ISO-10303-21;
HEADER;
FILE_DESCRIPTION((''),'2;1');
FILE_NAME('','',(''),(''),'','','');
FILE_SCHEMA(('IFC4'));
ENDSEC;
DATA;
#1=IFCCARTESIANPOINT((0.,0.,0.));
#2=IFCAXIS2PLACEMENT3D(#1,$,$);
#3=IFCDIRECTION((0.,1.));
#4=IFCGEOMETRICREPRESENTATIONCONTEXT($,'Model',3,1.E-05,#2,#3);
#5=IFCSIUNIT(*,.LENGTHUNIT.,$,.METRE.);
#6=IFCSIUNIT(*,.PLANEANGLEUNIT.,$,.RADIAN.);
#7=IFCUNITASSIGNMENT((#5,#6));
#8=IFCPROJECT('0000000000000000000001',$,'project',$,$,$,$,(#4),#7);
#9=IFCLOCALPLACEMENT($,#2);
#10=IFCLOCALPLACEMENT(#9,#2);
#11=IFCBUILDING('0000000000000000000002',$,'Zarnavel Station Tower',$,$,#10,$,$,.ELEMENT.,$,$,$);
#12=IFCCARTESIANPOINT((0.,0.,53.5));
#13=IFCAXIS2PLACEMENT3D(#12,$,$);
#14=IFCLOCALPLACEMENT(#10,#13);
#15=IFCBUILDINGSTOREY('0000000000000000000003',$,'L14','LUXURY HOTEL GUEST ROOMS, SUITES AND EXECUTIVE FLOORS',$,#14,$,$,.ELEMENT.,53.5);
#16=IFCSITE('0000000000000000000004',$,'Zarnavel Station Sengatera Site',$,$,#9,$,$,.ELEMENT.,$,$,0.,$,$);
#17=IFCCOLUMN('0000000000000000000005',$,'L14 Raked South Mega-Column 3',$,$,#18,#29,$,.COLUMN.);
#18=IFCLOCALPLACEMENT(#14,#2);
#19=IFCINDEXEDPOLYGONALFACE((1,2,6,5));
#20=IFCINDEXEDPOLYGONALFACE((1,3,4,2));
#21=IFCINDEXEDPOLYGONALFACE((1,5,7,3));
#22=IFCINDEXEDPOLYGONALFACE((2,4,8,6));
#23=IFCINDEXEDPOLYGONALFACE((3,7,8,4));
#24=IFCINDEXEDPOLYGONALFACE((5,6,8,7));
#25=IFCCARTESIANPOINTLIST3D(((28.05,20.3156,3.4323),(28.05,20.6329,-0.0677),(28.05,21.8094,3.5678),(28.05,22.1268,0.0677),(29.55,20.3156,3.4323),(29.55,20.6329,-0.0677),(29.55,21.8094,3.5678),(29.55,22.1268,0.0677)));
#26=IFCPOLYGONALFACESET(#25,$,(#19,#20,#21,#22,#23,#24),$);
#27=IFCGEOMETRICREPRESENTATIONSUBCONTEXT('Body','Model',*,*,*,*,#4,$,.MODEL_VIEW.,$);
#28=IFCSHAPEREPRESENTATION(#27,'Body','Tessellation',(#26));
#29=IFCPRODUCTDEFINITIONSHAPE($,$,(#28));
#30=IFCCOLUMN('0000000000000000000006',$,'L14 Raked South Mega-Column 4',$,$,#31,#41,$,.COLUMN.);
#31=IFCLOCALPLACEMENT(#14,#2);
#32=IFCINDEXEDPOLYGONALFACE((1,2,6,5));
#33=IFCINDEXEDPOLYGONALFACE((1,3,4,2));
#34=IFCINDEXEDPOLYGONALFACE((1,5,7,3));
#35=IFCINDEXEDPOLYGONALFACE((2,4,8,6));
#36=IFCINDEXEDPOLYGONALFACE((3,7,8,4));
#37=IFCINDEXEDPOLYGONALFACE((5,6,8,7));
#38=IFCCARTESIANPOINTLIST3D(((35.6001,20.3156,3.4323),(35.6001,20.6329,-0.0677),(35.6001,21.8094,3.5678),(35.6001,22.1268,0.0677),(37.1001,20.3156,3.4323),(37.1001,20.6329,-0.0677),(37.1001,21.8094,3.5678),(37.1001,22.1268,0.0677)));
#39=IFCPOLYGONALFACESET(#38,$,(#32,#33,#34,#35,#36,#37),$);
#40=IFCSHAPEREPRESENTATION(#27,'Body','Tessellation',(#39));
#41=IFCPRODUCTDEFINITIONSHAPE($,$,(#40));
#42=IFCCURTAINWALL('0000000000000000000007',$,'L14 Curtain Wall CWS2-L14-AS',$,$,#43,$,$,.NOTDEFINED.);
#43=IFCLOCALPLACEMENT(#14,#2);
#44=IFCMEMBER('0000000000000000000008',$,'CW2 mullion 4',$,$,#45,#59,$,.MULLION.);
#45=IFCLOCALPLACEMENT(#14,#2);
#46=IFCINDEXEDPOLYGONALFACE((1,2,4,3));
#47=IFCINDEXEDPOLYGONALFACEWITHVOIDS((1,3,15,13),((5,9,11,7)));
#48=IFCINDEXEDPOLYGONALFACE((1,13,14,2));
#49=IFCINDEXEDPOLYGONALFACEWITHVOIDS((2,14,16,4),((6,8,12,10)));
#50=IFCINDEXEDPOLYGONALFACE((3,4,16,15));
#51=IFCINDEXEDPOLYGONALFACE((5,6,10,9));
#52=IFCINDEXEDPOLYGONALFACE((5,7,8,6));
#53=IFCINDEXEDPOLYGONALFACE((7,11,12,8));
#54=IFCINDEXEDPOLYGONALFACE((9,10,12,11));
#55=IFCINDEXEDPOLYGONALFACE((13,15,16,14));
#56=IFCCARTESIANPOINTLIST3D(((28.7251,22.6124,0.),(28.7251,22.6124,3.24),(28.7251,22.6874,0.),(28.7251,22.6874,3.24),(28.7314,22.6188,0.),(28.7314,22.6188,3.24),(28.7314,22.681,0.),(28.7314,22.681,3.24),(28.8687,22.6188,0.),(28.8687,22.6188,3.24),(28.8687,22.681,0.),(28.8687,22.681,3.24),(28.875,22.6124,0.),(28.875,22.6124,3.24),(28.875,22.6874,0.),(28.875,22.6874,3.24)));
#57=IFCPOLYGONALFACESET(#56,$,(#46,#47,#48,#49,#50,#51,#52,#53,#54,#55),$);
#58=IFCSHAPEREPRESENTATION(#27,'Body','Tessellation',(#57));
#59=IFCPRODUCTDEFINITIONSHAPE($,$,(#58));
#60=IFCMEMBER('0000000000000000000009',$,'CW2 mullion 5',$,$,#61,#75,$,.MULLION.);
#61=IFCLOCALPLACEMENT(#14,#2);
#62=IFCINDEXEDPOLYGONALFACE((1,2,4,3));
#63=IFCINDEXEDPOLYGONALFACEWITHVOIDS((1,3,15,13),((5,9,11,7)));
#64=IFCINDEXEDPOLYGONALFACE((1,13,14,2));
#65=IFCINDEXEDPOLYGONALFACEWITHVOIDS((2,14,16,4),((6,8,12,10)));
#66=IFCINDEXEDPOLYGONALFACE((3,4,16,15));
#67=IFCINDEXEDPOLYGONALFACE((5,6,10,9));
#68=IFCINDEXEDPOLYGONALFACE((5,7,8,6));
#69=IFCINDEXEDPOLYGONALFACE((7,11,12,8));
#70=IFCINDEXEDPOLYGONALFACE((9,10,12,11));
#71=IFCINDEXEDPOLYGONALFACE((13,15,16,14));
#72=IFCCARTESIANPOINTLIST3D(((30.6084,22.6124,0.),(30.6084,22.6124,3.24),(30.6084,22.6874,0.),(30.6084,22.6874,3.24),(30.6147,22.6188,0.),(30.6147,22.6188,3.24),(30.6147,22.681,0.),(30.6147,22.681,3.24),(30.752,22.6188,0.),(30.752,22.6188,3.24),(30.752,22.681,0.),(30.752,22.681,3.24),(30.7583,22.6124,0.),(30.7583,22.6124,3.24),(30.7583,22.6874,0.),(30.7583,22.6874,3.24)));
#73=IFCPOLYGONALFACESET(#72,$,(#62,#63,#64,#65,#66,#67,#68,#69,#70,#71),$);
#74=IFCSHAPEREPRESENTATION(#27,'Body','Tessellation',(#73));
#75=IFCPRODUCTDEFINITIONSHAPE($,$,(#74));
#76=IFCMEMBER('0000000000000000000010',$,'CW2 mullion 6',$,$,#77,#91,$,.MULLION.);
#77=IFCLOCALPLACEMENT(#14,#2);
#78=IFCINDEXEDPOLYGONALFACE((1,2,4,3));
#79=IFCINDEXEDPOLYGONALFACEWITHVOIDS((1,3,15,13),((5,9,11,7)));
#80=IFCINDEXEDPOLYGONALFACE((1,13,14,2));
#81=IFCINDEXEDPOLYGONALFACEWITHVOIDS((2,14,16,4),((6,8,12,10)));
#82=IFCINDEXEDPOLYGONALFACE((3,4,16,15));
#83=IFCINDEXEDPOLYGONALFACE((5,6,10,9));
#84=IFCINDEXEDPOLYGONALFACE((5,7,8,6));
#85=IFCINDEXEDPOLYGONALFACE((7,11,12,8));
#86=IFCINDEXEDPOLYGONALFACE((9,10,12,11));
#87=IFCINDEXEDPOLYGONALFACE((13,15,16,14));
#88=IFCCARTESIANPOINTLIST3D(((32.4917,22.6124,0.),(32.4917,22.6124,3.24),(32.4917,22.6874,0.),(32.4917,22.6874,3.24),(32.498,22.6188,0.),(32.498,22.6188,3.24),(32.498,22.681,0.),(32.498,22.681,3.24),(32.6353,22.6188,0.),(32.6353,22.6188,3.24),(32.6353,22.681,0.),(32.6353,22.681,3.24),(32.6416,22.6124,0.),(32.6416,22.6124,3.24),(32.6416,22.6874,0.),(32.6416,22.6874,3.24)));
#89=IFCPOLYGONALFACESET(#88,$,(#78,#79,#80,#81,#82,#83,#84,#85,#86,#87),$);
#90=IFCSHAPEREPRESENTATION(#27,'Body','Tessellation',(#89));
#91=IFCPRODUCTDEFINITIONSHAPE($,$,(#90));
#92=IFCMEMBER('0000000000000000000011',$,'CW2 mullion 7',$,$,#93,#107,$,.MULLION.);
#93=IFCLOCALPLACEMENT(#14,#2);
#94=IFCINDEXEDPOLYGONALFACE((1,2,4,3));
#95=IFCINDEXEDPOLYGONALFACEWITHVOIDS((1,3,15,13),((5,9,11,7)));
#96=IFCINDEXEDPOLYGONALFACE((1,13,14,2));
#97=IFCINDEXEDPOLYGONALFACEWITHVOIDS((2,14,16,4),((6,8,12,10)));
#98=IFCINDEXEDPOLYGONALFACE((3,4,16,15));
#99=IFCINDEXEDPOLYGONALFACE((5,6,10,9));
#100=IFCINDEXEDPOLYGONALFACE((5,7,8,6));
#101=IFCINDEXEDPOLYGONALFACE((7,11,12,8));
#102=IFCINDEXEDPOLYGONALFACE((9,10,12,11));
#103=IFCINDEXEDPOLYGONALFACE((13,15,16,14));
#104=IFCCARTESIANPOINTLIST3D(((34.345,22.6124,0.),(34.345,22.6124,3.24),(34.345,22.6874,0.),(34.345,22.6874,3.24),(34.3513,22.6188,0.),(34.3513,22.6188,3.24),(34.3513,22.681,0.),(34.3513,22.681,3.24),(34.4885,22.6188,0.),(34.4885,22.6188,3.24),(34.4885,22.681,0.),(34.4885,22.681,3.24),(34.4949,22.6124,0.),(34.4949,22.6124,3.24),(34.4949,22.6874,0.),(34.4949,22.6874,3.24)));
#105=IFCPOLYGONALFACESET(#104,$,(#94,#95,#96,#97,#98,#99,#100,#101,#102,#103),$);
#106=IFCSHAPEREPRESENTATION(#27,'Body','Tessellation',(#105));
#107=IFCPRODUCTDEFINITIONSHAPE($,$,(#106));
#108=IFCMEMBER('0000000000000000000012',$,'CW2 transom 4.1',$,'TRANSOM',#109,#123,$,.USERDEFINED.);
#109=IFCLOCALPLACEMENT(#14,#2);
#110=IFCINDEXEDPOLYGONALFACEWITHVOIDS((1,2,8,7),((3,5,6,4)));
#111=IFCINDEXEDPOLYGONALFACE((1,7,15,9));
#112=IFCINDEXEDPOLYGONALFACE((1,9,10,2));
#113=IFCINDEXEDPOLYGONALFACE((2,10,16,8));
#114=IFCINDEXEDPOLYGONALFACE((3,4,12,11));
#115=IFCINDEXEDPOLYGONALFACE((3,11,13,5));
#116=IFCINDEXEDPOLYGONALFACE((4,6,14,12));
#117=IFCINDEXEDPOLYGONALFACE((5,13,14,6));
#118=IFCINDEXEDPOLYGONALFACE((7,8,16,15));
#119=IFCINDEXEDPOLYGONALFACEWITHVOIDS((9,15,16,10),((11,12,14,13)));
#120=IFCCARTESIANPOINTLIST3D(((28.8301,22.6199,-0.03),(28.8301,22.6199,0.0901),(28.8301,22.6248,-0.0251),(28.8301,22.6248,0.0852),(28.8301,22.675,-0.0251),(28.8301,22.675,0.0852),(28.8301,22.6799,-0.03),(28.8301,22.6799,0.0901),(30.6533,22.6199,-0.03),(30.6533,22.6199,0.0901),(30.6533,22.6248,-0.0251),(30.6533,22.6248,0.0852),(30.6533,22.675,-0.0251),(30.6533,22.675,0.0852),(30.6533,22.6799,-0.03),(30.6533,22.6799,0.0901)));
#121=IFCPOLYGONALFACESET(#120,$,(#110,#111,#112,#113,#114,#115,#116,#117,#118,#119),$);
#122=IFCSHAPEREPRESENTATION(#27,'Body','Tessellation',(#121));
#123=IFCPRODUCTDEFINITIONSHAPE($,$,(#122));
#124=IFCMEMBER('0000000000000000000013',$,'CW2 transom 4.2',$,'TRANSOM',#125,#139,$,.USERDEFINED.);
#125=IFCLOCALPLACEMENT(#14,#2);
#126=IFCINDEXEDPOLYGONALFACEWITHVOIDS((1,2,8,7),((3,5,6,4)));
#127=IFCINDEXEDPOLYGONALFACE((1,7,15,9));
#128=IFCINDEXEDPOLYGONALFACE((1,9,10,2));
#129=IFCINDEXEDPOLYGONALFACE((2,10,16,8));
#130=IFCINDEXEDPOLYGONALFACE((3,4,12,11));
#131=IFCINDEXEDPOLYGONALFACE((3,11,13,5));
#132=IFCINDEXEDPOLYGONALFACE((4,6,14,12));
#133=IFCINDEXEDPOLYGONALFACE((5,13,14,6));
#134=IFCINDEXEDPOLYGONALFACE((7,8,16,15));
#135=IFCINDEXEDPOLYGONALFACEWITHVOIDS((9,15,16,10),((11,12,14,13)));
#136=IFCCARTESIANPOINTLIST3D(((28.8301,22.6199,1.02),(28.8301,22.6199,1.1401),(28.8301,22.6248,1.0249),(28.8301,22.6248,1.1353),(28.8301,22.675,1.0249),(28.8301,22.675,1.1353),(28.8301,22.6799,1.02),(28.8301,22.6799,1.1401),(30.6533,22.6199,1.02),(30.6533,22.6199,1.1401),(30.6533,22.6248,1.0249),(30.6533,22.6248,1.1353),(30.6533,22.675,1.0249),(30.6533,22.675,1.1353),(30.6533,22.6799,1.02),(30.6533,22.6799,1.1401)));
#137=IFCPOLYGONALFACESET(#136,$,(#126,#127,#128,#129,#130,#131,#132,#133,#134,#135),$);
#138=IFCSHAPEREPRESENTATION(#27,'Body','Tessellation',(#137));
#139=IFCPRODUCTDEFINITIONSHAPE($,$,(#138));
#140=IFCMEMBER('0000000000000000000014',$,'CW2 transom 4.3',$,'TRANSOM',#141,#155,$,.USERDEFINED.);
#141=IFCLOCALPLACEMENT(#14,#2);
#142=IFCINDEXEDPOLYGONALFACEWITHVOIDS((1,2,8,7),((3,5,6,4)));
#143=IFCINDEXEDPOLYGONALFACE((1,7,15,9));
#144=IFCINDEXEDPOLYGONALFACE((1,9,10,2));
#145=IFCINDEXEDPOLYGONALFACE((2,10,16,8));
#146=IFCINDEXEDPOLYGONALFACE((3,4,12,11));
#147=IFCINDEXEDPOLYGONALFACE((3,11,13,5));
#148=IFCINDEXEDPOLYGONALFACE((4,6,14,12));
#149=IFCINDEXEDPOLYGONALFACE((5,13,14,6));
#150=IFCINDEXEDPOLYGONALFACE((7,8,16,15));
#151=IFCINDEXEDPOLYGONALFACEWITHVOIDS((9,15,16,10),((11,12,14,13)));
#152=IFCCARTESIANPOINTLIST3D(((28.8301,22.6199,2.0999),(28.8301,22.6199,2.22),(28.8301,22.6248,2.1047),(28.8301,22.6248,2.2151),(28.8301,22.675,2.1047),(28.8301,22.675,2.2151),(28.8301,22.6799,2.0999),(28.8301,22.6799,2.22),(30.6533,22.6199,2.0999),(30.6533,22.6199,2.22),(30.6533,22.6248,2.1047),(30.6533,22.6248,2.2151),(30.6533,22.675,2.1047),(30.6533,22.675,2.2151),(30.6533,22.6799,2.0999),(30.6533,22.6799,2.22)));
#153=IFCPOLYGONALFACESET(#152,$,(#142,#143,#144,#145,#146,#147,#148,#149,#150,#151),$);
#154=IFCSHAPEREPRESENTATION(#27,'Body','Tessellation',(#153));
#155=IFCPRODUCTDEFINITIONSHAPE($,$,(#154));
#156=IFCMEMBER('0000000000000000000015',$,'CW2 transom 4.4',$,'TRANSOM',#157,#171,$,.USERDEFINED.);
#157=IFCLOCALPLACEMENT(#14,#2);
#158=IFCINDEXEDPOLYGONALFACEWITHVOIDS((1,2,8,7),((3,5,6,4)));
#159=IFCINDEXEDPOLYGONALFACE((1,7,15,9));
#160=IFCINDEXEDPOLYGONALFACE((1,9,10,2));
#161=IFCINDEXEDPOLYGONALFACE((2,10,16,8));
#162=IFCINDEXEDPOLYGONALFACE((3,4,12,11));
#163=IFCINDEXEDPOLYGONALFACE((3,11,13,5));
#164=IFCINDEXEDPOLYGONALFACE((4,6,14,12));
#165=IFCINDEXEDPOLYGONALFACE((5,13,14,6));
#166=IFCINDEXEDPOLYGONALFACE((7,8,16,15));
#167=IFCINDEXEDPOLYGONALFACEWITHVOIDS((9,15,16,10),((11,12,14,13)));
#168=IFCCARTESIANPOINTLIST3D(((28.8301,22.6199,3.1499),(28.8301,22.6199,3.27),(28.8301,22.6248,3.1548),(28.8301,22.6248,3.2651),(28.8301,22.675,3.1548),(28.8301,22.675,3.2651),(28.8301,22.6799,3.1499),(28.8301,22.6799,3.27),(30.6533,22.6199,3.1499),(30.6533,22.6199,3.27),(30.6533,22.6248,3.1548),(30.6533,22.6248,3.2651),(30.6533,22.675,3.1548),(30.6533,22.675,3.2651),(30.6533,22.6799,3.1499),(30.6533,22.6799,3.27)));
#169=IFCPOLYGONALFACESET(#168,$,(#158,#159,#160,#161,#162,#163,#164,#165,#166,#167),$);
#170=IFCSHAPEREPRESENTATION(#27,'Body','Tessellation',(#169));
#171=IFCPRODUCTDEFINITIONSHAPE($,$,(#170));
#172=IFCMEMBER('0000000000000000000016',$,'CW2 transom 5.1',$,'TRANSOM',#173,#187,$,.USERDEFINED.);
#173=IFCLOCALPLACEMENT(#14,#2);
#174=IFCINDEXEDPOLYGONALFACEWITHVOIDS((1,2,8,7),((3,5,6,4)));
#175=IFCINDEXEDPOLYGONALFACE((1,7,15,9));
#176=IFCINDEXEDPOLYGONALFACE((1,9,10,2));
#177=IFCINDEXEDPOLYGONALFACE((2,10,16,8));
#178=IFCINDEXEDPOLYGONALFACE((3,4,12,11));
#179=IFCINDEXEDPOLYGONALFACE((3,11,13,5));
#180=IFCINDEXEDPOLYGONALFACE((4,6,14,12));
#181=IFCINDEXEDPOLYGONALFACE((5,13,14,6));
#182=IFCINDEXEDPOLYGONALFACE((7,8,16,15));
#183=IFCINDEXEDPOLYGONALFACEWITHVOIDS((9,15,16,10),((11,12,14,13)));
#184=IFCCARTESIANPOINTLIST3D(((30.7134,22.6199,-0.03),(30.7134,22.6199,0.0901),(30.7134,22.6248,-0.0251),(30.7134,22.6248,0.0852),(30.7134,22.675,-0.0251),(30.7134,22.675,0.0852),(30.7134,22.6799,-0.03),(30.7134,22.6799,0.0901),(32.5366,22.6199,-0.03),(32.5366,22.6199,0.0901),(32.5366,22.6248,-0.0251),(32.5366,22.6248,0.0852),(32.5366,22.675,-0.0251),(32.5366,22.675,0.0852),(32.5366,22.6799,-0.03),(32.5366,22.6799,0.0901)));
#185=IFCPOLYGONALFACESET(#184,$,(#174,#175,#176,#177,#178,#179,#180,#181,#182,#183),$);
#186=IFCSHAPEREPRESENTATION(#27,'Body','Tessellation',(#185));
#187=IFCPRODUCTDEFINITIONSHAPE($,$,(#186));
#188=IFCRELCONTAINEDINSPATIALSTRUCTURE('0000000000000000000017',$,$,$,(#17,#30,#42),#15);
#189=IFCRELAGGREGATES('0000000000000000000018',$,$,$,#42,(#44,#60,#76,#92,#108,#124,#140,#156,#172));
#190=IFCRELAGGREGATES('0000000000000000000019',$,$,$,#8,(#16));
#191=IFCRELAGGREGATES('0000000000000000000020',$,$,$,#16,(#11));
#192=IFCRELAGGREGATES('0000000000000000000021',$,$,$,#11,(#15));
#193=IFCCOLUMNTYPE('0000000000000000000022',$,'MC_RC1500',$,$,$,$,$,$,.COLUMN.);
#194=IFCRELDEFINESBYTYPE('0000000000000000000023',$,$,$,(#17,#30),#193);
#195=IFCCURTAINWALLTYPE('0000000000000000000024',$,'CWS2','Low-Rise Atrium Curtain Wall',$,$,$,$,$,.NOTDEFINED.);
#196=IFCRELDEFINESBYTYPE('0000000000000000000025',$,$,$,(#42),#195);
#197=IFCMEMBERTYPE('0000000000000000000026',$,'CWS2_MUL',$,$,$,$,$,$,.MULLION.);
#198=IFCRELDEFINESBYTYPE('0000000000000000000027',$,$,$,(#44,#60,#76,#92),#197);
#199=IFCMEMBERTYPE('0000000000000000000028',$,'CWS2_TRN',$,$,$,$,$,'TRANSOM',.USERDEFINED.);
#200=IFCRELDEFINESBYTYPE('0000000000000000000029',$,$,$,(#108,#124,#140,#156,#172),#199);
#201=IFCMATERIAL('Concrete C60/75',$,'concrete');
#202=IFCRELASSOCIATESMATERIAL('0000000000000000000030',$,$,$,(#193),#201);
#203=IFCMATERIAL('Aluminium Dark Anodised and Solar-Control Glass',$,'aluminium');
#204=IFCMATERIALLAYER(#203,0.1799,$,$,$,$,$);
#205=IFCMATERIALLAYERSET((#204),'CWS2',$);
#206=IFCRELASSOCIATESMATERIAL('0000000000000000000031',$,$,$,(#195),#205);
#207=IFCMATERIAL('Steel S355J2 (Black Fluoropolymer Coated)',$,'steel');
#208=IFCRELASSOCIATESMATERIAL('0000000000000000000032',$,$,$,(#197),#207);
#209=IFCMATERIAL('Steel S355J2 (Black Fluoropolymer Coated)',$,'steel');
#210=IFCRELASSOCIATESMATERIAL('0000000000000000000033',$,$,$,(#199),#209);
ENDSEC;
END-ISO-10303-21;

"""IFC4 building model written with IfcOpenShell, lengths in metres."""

from ifc_helpers import new_model, si_unit, direction, frame, origin, origin_2d, place, context, subcontext, project, spatial, rectangle, hollow_rectangle, extrude, material, layer, layer_set, material_profile, profile_set, type_object, element, aggregate, save


model = new_model("IFC4")

# Units and contexts
model_context = context("Model", 3, precision=1e-05, world=origin(), true_north=direction((0.0, 1.0)))
body_context = subcontext(model_context, "Body", "Model", "MODEL_VIEW")
ifc_project = project(units=[si_unit("LENGTHUNIT", "METRE"), si_unit("PLANEANGLEUNIT", "RADIAN")], contexts=[model_context])

# Site, building, storey
site_placement = place(None, origin())
site = spatial("IfcSite", under=ifc_project, at=site_placement, Name="Zarnavel Station Sengatera Site", CompositionType="ELEMENT", RefElevation=0.0)
building_placement = place(site_placement, origin())
building = spatial("IfcBuilding", under=site, at=building_placement, Name="Zarnavel Station Tower", CompositionType="ELEMENT")
storey_placement = place(building_placement, frame((0.0, 0.0, 53.5)))
storey = spatial("IfcBuildingStorey", under=building, at=storey_placement, Name="L14", Description="LUXURY HOTEL GUEST ROOMS, SUITES AND EXECUTIVE FLOORS", CompositionType="ELEMENT", Elevation=53.5)

# Columns
ifc_material_1 = material(Name="Concrete C60/75", Category="concrete")
ifc_material_profile_1 = material_profile(ifc_material_1, rectangle(XDim=1.5, YDim=1.5, at=origin_2d()), Name="RC1500x1500")
ifc_profile_set_1 = profile_set([ifc_material_profile_1], Name="Concrete C60/75")
column_type = type_object("IfcColumnType", Name="MC_RC1500", PredefinedType="COLUMN", material=ifc_profile_set_1)
for number, where, z_axis, x_axis, name in (
    (1, (28.8, 21.3799, 0.0), (0.0, -0.09031, 0.995914), (1.0, 0.0, 0.0), "L14 Raked South Mega-Column 3"),
    (2, (36.3501, 21.3799, 0.0), (0.0, -0.09031, 0.995914), (1.0, 0.0, 0.0), "L14 Raked South Mega-Column 4"),
):
    element("IfcColumn", number, at=place(storey_placement, frame(where, z_axis=z_axis, x_axis=x_axis)), inside=storey, type_object=column_type, Name=name, PredefinedType="COLUMN", context=body_context, shape_type="SweptSolid", body=[
        extrude(rectangle(XDim=1.5, YDim=1.5, at=origin_2d()), origin(), (0.0, 0.0, 1.0), 3.5144),
    ])

# Curtain wall, members
ifc_material_2 = material(Name="Aluminium Dark Anodised and Solar-Control Glass", Category="aluminium")
ifc_layer_1 = layer(ifc_material_2, 0.1799)
ifc_layer_set_1 = layer_set([ifc_layer_1], Name="CWS2")
curtain_wall_type = type_object("IfcCurtainWallType", Name="CWS2", Description="Low-Rise Atrium Curtain Wall", PredefinedType="NOTDEFINED", material=ifc_layer_set_1)
curtain_wall_placement = place(storey_placement, origin())
curtain_wall = element("IfcCurtainWall", 3, at=curtain_wall_placement, inside=storey, type_object=curtain_wall_type, Name="L14 Curtain Wall CWS2-L14-AS", PredefinedType="NOTDEFINED")
ifc_material_3 = material(Name="Steel S355J2 (Black Fluoropolymer Coated)", Category="steel")
ifc_material_profile_2 = material_profile(ifc_material_3, hollow_rectangle(XDim=0.075, YDim=0.1499, WallThickness=0.0063, at=origin_2d()), Name="RHS150x75x6.3")
ifc_profile_set_2 = profile_set([ifc_material_profile_2], Name="Steel S355J2 (Black Fluoropolymer Coated)")
member_type_1 = type_object("IfcMemberType", Name="CWS2_MUL", PredefinedType="MULLION", material=ifc_profile_set_2)
member_1_placement = place(storey_placement, frame((28.8, 22.6499, 0.0), z_axis=(0.0, 0.0, 1.0), x_axis=(0.0, 1.0, 0.0)))
member_1 = element("IfcMember", 4, at=member_1_placement, type_object=member_type_1, Name="CW2 mullion 4", PredefinedType="MULLION", context=body_context, shape_type="SweptSolid", body=[
    extrude(hollow_rectangle(XDim=0.075, YDim=0.1499, WallThickness=0.0063, at=origin_2d()), origin(), (0.0, 0.0, 1.0), 3.24),
])
member_2_placement = place(storey_placement, frame((30.6833, 22.6499, 0.0), z_axis=(0.0, 0.0, 1.0), x_axis=(0.0, 1.0, 0.0)))
member_2 = element("IfcMember", 5, at=member_2_placement, type_object=member_type_1, Name="CW2 mullion 5", PredefinedType="MULLION", context=body_context, shape_type="SweptSolid", body=[
    extrude(hollow_rectangle(XDim=0.075, YDim=0.1499, WallThickness=0.0063, at=origin_2d()), origin(), (0.0, 0.0, 1.0), 3.24),
])
member_3_placement = place(storey_placement, frame((32.5667, 22.6499, 0.0), z_axis=(0.0, 0.0, 1.0), x_axis=(0.0, 1.0, 0.0)))
member_3 = element("IfcMember", 6, at=member_3_placement, type_object=member_type_1, Name="CW2 mullion 6", PredefinedType="MULLION", context=body_context, shape_type="SweptSolid", body=[
    extrude(hollow_rectangle(XDim=0.075, YDim=0.1499, WallThickness=0.0063, at=origin_2d()), origin(), (0.0, 0.0, 1.0), 3.24),
])
member_4_placement = place(storey_placement, frame((34.4199, 22.6499, 0.0), z_axis=(0.0, 0.0, 1.0), x_axis=(0.0, 1.0, 0.0)))
member_4 = element("IfcMember", 7, at=member_4_placement, type_object=member_type_1, Name="CW2 mullion 7", PredefinedType="MULLION", context=body_context, shape_type="SweptSolid", body=[
    extrude(hollow_rectangle(XDim=0.075, YDim=0.1499, WallThickness=0.0063, at=origin_2d()), origin(), (0.0, 0.0, 1.0), 3.24),
])
ifc_material_4 = material(Name="Steel S355J2 (Black Fluoropolymer Coated)", Category="steel")
ifc_material_profile_3 = material_profile(ifc_material_4, hollow_rectangle(XDim=0.0601, YDim=0.1201, WallThickness=0.0049, at=origin_2d()), Name="RHS120x60x5")
ifc_profile_set_3 = profile_set([ifc_material_profile_3], Name="Steel S355J2 (Black Fluoropolymer Coated)")
member_type_2 = type_object("IfcMemberType", Name="CWS2_TRN", ElementType="TRANSOM", PredefinedType="USERDEFINED", material=ifc_profile_set_3)
member_5_placement = place(storey_placement, frame((28.8301, 22.6499, 0.03), z_axis=(1.0, 0.0, 0.0), x_axis=(0.0, 1.0, 0.0)))
member_5 = element("IfcMember", 8, at=member_5_placement, type_object=member_type_2, Name="CW2 transom 4.1", ObjectType="TRANSOM", PredefinedType="USERDEFINED", context=body_context, shape_type="SweptSolid", body=[
    extrude(hollow_rectangle(XDim=0.0601, YDim=0.1201, WallThickness=0.0049, at=origin_2d()), origin(), (0.0, 0.0, 1.0), 1.8232),
])
member_6_placement = place(storey_placement, frame((28.8301, 22.6499, 1.0801), z_axis=(1.0, 0.0, 0.0), x_axis=(0.0, 1.0, 0.0)))
member_6 = element("IfcMember", 9, at=member_6_placement, type_object=member_type_2, Name="CW2 transom 4.2", ObjectType="TRANSOM", PredefinedType="USERDEFINED", context=body_context, shape_type="SweptSolid", body=[
    extrude(hollow_rectangle(XDim=0.0601, YDim=0.1201, WallThickness=0.0049, at=origin_2d()), origin(), (0.0, 0.0, 1.0), 1.8232),
])
member_7_placement = place(storey_placement, frame((28.8301, 22.6499, 2.1599), z_axis=(1.0, 0.0, 0.0), x_axis=(0.0, 1.0, 0.0)))
member_7 = element("IfcMember", 10, at=member_7_placement, type_object=member_type_2, Name="CW2 transom 4.3", ObjectType="TRANSOM", PredefinedType="USERDEFINED", context=body_context, shape_type="SweptSolid", body=[
    extrude(hollow_rectangle(XDim=0.0601, YDim=0.1201, WallThickness=0.0049, at=origin_2d()), origin(), (0.0, 0.0, 1.0), 1.8232),
])
member_8_placement = place(storey_placement, frame((28.8301, 22.6499, 3.21), z_axis=(1.0, 0.0, 0.0), x_axis=(0.0, 1.0, 0.0)))
member_8 = element("IfcMember", 11, at=member_8_placement, type_object=member_type_2, Name="CW2 transom 4.4", ObjectType="TRANSOM", PredefinedType="USERDEFINED", context=body_context, shape_type="SweptSolid", body=[
    extrude(hollow_rectangle(XDim=0.0601, YDim=0.1201, WallThickness=0.0049, at=origin_2d()), origin(), (0.0, 0.0, 1.0), 1.8232),
])
member_9_placement = place(storey_placement, frame((30.7134, 22.6499, 0.03), z_axis=(1.0, 0.0, 0.0), x_axis=(0.0, 1.0, 0.0)))
member_9 = element("IfcMember", 12, at=member_9_placement, type_object=member_type_2, Name="CW2 transom 5.1", ObjectType="TRANSOM", PredefinedType="USERDEFINED", context=body_context, shape_type="SweptSolid", body=[
    extrude(hollow_rectangle(XDim=0.0601, YDim=0.1201, WallThickness=0.0049, at=origin_2d()), origin(), (0.0, 0.0, 1.0), 1.8232),
])

aggregate(curtain_wall, [member_1, member_2, member_3, member_4, member_5, member_6, member_7, member_8, member_9])

save(model, "model.ifc")
